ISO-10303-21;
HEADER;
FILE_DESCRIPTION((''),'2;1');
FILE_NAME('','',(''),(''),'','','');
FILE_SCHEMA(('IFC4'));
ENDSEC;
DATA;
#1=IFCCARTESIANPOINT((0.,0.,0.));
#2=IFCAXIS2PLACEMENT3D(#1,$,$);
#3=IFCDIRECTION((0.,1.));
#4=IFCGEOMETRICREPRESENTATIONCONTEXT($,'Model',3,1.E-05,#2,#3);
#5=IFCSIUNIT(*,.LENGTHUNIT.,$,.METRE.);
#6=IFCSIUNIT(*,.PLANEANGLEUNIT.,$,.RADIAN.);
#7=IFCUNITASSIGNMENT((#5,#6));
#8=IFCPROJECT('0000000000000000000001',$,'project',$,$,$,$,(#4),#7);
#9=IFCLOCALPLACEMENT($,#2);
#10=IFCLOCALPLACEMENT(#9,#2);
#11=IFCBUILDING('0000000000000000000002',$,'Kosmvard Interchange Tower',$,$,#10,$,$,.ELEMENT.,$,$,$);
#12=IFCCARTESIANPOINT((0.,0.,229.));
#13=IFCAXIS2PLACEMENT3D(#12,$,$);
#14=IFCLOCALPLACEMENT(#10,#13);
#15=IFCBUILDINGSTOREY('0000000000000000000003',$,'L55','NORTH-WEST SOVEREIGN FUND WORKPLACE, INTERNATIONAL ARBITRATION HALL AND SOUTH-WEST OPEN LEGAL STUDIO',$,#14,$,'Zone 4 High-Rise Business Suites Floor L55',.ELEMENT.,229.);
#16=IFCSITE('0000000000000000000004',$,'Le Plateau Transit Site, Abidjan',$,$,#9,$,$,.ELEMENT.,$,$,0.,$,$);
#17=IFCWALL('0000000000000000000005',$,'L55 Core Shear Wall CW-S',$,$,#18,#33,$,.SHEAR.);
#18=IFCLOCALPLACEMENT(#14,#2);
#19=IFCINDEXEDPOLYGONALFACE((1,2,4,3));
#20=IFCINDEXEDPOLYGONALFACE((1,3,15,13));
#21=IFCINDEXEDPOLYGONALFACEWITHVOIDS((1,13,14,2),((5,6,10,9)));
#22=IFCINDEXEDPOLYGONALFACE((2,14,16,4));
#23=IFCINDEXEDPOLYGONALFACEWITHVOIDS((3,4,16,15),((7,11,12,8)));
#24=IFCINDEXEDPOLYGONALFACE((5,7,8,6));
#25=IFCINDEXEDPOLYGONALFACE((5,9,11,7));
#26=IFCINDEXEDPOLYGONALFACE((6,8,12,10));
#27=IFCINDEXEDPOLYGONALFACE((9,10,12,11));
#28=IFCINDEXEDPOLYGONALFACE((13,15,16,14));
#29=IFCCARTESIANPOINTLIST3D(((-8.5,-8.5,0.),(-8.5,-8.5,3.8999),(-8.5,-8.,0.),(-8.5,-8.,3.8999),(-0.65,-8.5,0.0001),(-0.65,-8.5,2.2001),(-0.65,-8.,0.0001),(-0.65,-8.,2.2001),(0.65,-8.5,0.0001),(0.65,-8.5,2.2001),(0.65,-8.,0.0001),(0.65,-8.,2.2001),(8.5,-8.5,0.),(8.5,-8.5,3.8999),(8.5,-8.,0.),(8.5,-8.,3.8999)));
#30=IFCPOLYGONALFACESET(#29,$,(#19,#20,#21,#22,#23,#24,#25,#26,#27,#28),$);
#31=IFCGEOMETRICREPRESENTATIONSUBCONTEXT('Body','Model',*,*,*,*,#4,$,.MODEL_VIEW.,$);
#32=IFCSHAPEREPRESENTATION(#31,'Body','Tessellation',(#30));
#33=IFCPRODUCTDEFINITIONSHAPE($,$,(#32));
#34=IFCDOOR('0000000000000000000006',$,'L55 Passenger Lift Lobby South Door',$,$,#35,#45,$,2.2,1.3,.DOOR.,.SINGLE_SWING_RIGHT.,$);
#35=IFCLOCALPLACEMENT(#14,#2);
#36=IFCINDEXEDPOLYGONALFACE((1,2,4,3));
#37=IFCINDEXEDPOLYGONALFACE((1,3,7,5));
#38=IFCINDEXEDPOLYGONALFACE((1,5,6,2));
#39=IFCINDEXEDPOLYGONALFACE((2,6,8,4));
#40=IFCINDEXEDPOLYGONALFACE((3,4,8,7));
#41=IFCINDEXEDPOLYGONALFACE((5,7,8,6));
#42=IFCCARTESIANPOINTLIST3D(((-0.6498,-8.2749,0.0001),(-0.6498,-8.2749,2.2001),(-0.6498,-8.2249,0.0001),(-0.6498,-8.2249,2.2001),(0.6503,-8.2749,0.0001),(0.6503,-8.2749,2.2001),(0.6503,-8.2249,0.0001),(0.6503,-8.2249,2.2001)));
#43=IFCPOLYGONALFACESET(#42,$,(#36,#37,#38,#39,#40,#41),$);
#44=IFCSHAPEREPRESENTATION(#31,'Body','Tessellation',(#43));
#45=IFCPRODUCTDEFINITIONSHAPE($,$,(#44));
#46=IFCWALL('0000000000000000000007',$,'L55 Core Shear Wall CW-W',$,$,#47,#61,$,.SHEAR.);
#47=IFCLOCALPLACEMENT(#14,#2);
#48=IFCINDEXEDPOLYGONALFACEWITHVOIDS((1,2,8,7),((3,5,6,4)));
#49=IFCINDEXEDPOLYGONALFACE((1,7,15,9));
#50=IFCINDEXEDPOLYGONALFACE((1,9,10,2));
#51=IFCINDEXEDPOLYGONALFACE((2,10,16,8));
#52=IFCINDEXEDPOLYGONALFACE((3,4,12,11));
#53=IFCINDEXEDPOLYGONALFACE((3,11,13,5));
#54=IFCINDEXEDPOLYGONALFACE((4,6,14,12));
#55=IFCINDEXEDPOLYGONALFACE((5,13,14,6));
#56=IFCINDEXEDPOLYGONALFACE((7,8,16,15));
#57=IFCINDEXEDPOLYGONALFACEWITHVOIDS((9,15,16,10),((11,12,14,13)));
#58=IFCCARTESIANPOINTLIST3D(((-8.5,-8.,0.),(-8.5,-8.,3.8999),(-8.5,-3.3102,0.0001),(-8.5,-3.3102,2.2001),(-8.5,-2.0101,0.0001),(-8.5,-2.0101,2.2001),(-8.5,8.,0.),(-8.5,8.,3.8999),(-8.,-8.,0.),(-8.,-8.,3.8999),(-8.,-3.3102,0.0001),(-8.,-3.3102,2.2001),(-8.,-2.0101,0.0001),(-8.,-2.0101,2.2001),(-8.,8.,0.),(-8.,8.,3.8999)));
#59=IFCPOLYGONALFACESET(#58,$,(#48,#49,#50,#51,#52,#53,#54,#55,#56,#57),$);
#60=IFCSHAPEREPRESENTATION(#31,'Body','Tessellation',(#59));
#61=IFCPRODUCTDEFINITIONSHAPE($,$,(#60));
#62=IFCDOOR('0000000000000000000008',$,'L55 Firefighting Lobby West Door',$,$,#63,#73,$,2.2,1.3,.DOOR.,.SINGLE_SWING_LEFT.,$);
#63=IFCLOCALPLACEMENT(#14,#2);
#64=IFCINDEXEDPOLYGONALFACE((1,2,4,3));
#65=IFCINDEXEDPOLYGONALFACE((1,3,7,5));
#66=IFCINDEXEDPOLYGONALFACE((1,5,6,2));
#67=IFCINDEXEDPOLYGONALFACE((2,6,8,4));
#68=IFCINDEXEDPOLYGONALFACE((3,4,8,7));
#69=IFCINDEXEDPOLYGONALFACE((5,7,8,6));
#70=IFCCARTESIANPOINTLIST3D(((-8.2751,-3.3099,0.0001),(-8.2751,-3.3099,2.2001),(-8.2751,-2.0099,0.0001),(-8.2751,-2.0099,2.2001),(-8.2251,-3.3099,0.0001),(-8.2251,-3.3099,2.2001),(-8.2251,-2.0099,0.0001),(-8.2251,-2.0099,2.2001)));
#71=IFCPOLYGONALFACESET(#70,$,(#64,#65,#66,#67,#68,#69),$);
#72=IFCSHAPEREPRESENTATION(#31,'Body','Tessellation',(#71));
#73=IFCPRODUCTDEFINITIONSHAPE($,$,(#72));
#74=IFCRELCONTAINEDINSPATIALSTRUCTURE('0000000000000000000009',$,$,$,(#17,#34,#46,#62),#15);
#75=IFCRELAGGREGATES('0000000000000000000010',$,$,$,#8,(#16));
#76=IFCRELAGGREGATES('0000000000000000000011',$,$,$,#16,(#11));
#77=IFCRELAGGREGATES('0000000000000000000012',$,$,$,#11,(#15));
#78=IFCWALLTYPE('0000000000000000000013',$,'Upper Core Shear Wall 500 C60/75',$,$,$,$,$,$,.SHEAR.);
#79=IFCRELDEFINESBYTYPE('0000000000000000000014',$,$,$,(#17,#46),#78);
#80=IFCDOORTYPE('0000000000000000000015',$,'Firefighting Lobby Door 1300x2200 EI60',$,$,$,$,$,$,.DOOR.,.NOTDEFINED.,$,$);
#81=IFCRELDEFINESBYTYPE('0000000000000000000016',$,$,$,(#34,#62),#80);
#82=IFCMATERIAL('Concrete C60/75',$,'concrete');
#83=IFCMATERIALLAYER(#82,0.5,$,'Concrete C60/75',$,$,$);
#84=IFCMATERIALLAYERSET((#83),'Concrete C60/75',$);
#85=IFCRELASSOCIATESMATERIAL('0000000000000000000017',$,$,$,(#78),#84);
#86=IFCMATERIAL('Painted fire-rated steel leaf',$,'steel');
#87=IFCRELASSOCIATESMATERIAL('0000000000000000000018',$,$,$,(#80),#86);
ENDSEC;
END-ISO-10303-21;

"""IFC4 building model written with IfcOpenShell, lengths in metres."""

from ifc_helpers import new_model, si_unit, direction, frame, frame_2d, origin, place, context, subcontext, project, spatial, rectangle, extrude, source, transform, mapped, material, layer, layer_set, type_object, element, fill, save


model = new_model("IFC4")

# Units and contexts
model_context = context("Model", 3, precision=1e-05, world=origin(), true_north=direction((0.0, 1.0)))
body_context = subcontext(model_context, "Body", "Model", "MODEL_VIEW")
ifc_project = project(units=[si_unit("LENGTHUNIT", "METRE"), si_unit("PLANEANGLEUNIT", "RADIAN")], contexts=[model_context])

# Site, building, storey
site_placement = place(None, origin())
site = spatial("IfcSite", under=ifc_project, at=site_placement, Name="Le Plateau Transit Site, Abidjan", CompositionType="ELEMENT", RefElevation=0.0)
building_placement = place(site_placement, origin())
building = spatial("IfcBuilding", under=site, at=building_placement, Name="Kosmvard Interchange Tower", CompositionType="ELEMENT")
storey_placement = place(building_placement, frame((0.0, 0.0, 229.0)))
storey = spatial("IfcBuildingStorey", under=building, at=storey_placement, Name="L55", Description="NORTH-WEST SOVEREIGN FUND WORKPLACE, INTERNATIONAL ARBITRATION HALL AND SOUTH-WEST OPEN LEGAL STUDIO", LongName="Zone 4 High-Rise Business Suites Floor L55", CompositionType="ELEMENT", Elevation=229.0)

# Shared definitions
ifc_material_1 = material(Name="Concrete C60/75", Category="concrete")

# Shared definitions
ifc_material_2 = material(Name="Painted fire-rated steel leaf", Category="steel")

# Walls, openings, doors
ifc_layer_1 = layer(ifc_material_1, 0.5, Name="Concrete C60/75")
ifc_layer_set_1 = layer_set([ifc_layer_1], Name="Concrete C60/75")
wall_type_1 = type_object("IfcWallType", Name="Upper Core Shear Wall 500 C60/75", PredefinedType="SHEAR", material=ifc_layer_set_1)
wall_1_placement = place(storey_placement, frame((-8.5, -8.25, 0.0), z_axis=(0.0, 0.0, 1.0), x_axis=(1.0, 0.0, 0.0)))
wall_1 = element("IfcWall", 1, at=wall_1_placement, inside=storey, type_object=wall_type_1, Name="L55 Core Shear Wall CW-S", PredefinedType="SHEAR", context=body_context, shape_type="SweptSolid", body=[
    extrude(rectangle(XDim=17.0, YDim=0.5, at=frame_2d((8.5, 0.0))), origin(), (0.0, 0.0, 1.0), 3.8999),
])
opening_1_placement = place(wall_1_placement, frame((7.8501, 0.0, 0.0)))
opening_1 = element("IfcOpeningElement", 2, at=opening_1_placement, cuts=wall_1, PredefinedType="OPENING", context=body_context, shape_type="SweptSolid", body=[
    extrude(rectangle(XDim=1.3, YDim=2.2, at=frame_2d((0.6499, 1.1001))), frame((0.0, 0.26, 0.0), z_axis=(0.0, -1.0, 0.0), x_axis=(1.0, 0.0, 0.0)), (0.0, 0.0, 1.0), 0.52),
])
door_type_1 = type_object("IfcDoorType", Name="Firefighting Lobby Door 1300x2200 EI60", OperationType="NOTDEFINED", PredefinedType="DOOR", material=ifc_material_2)
shared_shape_1 = source(origin(), body_context, "Body", "SweptSolid", [
    extrude(rectangle(XDim=1.3, YDim=2.2, at=frame_2d((0.6499, 1.1001))), frame((0.0, 0.0249, 0.0), z_axis=(0.0, -1.0, 0.0), x_axis=(1.0, 0.0, 0.0)), (0.0, 0.0, 1.0), 0.05),
])
door_1_placement = place(opening_1_placement, frame((1.3, 0.0, 0.0), z_axis=(0.0, 0.0, 1.0), x_axis=(-1.0, 0.0, 0.0)))
door_1 = element("IfcDoor", 3, at=door_1_placement, inside=storey, type_object=door_type_1, Name="L55 Passenger Lift Lobby South Door", OperationType="SINGLE_SWING_RIGHT", OverallHeight=2.2, OverallWidth=1.3, PredefinedType="DOOR", context=body_context, shape_type="MappedRepresentation", body=[
    mapped(shared_shape_1, transform((0.0, 0.0, 0.0), scale=1.0)),
])
fill(opening_1, door_1)
wall_2_placement = place(storey_placement, frame((-8.25, -8.0, 0.0), z_axis=(0.0, 0.0, 1.0), x_axis=(0.0, 1.0, 0.0)))
wall_2 = element("IfcWall", 4, at=wall_2_placement, inside=storey, type_object=wall_type_1, Name="L55 Core Shear Wall CW-W", PredefinedType="SHEAR", context=body_context, shape_type="SweptSolid", body=[
    extrude(rectangle(XDim=16.0, YDim=0.5, at=frame_2d((8.0, 0.0))), origin(), (0.0, 0.0, 1.0), 3.8999),
])
opening_2_placement = place(wall_2_placement, frame((4.6899, 0.0, 0.0)))
opening_2 = element("IfcOpeningElement", 5, at=opening_2_placement, cuts=wall_2, PredefinedType="OPENING", context=body_context, shape_type="SweptSolid", body=[
    extrude(rectangle(XDim=1.3, YDim=2.2, at=frame_2d((0.6499, 1.1001))), frame((0.0, 0.26, 0.0), z_axis=(0.0, -1.0, 0.0), x_axis=(1.0, 0.0, 0.0)), (0.0, 0.0, 1.0), 0.52),
])
door_2_placement = place(opening_2_placement, frame((1.3, 0.0, 0.0), z_axis=(0.0, 0.0, 1.0), x_axis=(-1.0, 0.0, 0.0)))
door_2 = element("IfcDoor", 6, at=door_2_placement, inside=storey, type_object=door_type_1, Name="L55 Firefighting Lobby West Door", OperationType="SINGLE_SWING_LEFT", OverallHeight=2.2, OverallWidth=1.3, PredefinedType="DOOR", context=body_context, shape_type="MappedRepresentation", body=[
    mapped(shared_shape_1, transform((0.0, 0.0, 0.0), scale=1.0)),
])
fill(opening_2, door_2)

save(model, "model.ifc")
